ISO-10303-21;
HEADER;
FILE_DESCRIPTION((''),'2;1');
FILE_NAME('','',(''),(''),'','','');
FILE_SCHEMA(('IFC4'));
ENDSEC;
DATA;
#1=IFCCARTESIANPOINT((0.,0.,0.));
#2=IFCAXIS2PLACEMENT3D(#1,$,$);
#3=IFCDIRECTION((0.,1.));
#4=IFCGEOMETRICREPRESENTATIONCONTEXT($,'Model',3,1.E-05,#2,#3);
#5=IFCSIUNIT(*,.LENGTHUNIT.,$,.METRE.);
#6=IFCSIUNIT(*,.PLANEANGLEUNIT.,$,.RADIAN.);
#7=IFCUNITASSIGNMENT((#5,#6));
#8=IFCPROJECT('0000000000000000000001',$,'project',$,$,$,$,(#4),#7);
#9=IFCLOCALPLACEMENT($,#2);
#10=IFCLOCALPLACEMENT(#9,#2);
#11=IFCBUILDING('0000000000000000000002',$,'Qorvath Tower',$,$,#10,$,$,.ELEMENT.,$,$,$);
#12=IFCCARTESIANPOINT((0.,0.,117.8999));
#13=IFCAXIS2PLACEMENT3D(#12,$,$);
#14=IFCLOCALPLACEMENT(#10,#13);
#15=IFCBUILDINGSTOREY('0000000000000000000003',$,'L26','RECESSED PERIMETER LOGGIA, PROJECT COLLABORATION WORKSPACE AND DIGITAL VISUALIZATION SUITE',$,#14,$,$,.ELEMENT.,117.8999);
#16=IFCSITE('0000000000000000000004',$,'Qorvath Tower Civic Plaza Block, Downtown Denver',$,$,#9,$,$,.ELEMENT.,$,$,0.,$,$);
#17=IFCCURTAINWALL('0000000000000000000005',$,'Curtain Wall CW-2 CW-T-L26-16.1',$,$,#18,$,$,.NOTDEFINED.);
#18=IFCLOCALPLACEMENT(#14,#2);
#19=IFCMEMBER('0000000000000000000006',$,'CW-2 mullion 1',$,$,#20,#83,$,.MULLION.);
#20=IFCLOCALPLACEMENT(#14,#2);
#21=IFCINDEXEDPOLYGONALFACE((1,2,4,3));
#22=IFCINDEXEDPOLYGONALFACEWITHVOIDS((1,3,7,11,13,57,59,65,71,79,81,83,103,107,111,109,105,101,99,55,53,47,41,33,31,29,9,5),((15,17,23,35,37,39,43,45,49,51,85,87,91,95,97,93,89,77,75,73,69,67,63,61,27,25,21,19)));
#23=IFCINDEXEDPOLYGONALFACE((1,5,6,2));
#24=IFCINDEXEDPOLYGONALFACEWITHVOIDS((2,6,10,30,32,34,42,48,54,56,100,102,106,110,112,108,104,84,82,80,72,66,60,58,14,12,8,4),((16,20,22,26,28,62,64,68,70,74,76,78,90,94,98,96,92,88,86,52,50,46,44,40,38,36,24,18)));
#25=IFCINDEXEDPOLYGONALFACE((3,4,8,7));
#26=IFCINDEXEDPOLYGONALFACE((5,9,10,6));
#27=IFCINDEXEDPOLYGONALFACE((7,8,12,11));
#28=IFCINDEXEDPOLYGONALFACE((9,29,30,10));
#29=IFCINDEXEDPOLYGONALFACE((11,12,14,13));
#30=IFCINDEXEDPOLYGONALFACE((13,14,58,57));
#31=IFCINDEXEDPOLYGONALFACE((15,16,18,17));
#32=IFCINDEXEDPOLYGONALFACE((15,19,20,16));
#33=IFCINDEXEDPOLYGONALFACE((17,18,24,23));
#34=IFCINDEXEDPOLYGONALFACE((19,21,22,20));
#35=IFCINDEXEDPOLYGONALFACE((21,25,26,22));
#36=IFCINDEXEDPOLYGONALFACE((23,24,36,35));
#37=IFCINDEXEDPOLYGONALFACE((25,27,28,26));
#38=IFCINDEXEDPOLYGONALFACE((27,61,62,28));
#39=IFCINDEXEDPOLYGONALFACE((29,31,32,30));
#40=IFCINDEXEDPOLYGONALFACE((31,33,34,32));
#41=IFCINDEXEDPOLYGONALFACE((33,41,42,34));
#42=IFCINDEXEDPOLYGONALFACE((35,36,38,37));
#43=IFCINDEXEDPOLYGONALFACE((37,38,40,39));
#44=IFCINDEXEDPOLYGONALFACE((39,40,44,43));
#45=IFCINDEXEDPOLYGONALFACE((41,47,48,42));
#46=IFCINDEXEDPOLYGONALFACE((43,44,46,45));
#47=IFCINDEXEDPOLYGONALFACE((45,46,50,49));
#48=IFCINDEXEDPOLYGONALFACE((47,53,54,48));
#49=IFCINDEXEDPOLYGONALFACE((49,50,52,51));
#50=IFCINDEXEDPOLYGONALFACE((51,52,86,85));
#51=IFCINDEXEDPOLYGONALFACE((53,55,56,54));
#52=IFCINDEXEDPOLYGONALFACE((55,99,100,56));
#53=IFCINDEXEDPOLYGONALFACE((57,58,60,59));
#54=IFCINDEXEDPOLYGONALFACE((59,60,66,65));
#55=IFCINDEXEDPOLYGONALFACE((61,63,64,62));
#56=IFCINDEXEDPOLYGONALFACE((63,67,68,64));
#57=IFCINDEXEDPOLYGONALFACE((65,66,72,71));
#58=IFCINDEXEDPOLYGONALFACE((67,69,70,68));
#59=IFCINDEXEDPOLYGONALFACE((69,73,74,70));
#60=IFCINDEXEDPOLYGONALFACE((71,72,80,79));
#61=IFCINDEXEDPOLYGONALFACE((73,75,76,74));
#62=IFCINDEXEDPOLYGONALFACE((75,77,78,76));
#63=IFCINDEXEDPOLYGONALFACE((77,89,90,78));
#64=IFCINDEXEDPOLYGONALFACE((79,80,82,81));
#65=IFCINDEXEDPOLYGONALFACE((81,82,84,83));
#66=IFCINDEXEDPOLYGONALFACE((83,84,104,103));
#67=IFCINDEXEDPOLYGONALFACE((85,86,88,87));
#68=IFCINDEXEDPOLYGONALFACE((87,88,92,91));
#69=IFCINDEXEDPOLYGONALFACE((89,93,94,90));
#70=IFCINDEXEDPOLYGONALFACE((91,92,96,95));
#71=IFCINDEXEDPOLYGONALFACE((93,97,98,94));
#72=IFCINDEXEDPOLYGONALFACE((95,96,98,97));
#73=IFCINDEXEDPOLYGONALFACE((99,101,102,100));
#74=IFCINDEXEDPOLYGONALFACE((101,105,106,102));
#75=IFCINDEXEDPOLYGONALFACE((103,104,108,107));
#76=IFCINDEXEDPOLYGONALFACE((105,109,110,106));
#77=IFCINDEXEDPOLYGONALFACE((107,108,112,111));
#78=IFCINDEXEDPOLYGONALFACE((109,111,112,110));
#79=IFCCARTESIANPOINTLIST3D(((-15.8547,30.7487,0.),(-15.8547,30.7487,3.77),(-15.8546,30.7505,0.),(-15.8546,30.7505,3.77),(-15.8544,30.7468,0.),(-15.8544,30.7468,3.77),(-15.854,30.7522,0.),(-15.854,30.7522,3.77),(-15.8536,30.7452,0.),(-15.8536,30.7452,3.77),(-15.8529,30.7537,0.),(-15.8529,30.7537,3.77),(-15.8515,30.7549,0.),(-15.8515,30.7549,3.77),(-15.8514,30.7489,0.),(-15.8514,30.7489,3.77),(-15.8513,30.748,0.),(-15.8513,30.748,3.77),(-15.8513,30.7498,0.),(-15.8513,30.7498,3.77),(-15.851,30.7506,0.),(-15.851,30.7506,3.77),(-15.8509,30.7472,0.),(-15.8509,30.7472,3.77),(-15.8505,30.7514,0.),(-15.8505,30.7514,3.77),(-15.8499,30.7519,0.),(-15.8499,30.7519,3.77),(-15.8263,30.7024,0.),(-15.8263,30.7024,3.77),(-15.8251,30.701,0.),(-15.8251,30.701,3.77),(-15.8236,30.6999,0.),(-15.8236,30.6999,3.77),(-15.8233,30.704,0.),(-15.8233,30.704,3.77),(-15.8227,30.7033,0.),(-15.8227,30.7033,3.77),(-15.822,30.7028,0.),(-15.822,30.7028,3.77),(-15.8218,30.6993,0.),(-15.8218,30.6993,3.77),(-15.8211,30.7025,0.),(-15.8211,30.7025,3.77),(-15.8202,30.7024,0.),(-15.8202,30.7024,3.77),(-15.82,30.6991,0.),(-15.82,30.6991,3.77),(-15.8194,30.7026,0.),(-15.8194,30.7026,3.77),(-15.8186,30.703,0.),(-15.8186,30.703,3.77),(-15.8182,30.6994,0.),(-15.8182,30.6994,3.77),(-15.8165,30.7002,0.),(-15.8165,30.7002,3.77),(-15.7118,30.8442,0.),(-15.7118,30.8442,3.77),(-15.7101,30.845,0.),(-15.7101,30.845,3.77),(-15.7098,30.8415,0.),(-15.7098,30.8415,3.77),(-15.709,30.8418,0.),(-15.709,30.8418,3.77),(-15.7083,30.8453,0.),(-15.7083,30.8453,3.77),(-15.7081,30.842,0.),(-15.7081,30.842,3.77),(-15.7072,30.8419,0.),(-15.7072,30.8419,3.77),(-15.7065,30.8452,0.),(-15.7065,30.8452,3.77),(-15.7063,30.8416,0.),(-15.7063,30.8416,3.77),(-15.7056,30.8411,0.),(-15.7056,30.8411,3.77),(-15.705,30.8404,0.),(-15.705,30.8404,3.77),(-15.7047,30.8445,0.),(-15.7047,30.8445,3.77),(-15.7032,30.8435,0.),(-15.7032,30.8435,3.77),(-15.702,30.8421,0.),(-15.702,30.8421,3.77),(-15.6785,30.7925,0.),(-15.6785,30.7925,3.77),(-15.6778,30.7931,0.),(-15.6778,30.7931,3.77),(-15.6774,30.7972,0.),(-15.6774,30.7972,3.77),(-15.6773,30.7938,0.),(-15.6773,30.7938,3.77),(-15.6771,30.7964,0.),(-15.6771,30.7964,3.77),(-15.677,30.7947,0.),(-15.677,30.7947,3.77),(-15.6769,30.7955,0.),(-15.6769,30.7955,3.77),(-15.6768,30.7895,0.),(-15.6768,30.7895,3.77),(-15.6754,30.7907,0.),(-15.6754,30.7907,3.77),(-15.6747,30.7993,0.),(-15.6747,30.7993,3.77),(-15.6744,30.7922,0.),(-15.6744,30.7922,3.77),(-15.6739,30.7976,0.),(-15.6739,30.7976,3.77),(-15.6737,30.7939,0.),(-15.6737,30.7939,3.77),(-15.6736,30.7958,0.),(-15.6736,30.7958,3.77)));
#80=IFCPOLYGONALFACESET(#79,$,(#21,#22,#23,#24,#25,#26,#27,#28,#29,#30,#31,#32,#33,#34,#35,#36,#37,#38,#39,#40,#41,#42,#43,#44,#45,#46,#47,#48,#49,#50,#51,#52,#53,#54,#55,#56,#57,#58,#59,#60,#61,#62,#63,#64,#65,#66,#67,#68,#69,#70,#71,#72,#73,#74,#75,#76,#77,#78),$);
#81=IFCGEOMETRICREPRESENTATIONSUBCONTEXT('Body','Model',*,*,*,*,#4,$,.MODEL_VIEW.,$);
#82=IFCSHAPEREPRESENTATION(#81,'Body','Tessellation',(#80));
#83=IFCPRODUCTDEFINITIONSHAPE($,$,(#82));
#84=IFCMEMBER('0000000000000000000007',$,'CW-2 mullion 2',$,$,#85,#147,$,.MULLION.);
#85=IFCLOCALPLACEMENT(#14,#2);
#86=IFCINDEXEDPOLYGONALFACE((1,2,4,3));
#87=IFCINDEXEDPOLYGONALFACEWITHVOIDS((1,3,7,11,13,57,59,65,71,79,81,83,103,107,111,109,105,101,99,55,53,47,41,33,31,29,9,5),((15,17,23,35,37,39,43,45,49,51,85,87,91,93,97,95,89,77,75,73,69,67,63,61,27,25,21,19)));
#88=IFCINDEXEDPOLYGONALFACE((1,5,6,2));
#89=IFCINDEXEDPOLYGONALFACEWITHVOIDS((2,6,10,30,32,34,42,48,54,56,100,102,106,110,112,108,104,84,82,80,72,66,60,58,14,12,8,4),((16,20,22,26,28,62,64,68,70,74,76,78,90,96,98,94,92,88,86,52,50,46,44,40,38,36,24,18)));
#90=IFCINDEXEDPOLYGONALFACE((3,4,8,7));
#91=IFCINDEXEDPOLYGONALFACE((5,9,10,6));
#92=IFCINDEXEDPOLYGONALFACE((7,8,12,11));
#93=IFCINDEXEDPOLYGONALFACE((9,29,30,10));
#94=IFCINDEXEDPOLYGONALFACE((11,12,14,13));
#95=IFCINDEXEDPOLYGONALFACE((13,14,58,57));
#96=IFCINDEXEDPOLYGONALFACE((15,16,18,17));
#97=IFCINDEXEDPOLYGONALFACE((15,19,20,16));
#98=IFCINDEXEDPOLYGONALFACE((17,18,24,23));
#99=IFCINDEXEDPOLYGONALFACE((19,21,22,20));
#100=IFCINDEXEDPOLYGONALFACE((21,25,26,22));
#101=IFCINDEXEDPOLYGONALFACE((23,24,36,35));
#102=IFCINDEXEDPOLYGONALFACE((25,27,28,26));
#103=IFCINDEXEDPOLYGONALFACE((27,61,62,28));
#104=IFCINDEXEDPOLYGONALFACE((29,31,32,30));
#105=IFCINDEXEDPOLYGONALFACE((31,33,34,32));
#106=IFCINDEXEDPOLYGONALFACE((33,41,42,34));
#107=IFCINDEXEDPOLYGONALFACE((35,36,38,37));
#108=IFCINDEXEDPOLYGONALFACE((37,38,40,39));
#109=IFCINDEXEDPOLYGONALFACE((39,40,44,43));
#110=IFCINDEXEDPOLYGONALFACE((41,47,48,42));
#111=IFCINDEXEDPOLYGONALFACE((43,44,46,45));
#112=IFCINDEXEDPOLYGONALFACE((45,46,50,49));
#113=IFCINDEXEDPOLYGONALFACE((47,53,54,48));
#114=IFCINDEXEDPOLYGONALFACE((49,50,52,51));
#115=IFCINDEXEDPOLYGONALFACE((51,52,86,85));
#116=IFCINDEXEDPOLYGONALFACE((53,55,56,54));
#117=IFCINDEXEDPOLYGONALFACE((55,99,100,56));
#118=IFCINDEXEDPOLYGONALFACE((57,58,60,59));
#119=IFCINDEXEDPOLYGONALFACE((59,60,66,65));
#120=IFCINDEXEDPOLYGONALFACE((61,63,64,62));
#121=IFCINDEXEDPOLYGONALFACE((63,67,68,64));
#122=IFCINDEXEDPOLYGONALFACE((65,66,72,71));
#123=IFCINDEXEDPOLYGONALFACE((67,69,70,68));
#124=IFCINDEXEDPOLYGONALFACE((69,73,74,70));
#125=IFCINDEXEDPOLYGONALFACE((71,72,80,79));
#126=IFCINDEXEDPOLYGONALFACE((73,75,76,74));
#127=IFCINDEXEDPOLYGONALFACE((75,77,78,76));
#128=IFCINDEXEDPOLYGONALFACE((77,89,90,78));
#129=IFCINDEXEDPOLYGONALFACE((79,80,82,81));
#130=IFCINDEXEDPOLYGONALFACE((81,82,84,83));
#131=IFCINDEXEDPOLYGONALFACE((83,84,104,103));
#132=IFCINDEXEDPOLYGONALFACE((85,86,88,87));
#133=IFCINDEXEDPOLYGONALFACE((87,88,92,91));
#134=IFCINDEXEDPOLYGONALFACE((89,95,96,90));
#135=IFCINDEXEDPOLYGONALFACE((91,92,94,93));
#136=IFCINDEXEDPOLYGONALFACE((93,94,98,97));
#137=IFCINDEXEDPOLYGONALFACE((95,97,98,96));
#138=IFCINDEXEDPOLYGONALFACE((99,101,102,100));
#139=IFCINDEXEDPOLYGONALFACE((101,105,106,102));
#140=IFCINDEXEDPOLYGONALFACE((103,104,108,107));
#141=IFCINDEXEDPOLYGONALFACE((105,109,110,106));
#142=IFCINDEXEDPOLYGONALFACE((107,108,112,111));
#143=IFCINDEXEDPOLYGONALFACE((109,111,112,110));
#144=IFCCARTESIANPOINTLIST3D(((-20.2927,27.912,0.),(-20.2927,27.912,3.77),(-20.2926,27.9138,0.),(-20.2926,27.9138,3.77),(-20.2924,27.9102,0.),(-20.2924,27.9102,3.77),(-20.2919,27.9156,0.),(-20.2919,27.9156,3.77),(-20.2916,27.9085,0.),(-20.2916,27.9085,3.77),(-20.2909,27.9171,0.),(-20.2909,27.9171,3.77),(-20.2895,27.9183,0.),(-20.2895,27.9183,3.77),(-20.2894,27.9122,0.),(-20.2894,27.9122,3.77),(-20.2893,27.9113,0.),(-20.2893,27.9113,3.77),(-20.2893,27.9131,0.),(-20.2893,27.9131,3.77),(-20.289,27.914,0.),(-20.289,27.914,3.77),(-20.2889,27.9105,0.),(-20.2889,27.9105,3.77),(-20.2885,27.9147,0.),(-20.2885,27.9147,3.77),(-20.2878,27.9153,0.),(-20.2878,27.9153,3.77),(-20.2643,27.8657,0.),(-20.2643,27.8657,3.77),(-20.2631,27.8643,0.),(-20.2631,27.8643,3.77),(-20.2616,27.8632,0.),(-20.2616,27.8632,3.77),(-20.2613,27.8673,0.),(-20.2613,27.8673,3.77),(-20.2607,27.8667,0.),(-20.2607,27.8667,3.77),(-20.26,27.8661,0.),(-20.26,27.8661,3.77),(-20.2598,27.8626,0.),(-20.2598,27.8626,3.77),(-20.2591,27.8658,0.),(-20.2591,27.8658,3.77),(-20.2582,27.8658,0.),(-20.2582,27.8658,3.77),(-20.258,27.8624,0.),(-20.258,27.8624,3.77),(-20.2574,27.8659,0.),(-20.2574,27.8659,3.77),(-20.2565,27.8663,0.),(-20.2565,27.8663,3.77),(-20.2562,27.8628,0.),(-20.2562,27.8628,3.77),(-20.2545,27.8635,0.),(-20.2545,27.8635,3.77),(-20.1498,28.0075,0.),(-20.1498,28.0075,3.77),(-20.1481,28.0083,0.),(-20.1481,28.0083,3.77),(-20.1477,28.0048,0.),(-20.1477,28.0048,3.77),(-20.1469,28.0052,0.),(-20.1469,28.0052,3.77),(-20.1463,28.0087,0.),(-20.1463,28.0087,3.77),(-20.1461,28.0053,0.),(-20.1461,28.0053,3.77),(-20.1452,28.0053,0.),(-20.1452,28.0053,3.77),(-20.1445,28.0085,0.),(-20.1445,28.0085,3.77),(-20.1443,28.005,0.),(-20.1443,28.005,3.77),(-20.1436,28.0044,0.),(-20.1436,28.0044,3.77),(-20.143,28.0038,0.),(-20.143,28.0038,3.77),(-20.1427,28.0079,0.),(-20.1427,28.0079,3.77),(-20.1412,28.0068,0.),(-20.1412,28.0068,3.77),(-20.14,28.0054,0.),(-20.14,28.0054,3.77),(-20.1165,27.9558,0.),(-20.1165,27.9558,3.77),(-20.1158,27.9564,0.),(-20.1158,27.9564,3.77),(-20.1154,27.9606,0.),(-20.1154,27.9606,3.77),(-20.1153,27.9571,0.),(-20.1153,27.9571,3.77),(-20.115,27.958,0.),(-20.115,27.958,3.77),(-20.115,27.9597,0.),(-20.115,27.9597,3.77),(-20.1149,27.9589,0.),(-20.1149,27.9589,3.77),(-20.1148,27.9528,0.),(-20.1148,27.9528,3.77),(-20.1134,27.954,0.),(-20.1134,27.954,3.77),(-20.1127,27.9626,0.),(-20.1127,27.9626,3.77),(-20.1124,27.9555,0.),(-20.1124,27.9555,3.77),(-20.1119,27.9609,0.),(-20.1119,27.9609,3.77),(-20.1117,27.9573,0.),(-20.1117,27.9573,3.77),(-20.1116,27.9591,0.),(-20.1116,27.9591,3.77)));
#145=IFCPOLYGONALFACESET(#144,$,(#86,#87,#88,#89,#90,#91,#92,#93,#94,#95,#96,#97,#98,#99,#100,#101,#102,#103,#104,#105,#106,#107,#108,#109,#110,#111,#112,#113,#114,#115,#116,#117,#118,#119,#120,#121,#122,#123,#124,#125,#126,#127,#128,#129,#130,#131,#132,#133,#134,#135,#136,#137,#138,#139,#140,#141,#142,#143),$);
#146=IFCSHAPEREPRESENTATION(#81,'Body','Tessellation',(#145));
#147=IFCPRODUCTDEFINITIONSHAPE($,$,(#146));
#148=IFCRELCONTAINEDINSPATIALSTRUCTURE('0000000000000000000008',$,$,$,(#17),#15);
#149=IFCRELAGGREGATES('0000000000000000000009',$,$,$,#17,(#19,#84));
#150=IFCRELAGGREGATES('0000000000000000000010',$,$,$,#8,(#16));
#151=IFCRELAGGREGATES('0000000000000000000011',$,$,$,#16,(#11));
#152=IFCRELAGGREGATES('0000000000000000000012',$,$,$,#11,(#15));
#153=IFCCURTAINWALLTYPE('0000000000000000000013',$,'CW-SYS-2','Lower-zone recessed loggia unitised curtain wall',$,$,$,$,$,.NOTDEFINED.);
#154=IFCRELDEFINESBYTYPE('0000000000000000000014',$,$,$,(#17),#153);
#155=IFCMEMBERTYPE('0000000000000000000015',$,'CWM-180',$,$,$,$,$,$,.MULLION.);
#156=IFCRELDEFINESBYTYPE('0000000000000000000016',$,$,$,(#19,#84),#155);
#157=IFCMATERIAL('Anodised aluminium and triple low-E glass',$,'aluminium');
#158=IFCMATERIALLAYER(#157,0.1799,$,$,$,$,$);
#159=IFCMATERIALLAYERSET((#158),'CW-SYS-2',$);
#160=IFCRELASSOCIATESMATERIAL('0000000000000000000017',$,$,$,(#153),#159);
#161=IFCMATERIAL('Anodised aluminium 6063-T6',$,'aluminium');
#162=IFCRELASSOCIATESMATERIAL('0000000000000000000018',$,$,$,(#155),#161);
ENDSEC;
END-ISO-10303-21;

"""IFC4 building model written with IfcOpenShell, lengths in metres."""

from ifc_helpers import new_model, si_unit, direction, frame, origin, origin_2d, place, context, subcontext, project, spatial, hollow_rectangle, extrude, material, layer, layer_set, material_profile, profile_set, type_object, element, aggregate, save


model = new_model("IFC4")

# Units and contexts
model_context = context("Model", 3, precision=1e-05, world=origin(), true_north=direction((0.0, 1.0)))
body_context = subcontext(model_context, "Body", "Model", "MODEL_VIEW")
ifc_project = project(units=[si_unit("LENGTHUNIT", "METRE"), si_unit("PLANEANGLEUNIT", "RADIAN")], contexts=[model_context])

# Site, building, storey
site_placement = place(None, origin())
site = spatial("IfcSite", under=ifc_project, at=site_placement, Name="Qorvath Tower Civic Plaza Block, Downtown Denver", CompositionType="ELEMENT", RefElevation=0.0)
building_placement = place(site_placement, origin())
building = spatial("IfcBuilding", under=site, at=building_placement, Name="Qorvath Tower", CompositionType="ELEMENT")
storey_placement = place(building_placement, frame((0.0, 0.0, 117.8999)))
storey = spatial("IfcBuildingStorey", under=building, at=storey_placement, Name="L26", Description="RECESSED PERIMETER LOGGIA, PROJECT COLLABORATION WORKSPACE AND DIGITAL VISUALIZATION SUITE", CompositionType="ELEMENT", Elevation=117.8999)

# Curtain wall, members
ifc_material_1 = material(Name="Anodised aluminium and triple low-E glass", Category="aluminium")
ifc_layer_1 = layer(ifc_material_1, 0.1799)
ifc_layer_set_1 = layer_set([ifc_layer_1], Name="CW-SYS-2")
curtain_wall_type = type_object("IfcCurtainWallType", Name="CW-SYS-2", Description="Lower-zone recessed loggia unitised curtain wall", PredefinedType="NOTDEFINED", material=ifc_layer_set_1)
ifc_material_2 = material(Name="Anodised aluminium 6063-T6", Category="aluminium")
ifc_material_profile_1 = material_profile(ifc_material_2, hollow_rectangle(XDim=0.0649, YDim=0.1799, WallThickness=0.0034, InnerFilletRadius=0.0034, OuterFilletRadius=0.0071, at=origin_2d()), Name="CWM 180x65")
ifc_profile_set_1 = profile_set([ifc_material_profile_1], Name="Anodised aluminium 6063-T6")
member_type_1 = type_object("IfcMemberType", Name="CWM-180", PredefinedType="MULLION", material=ifc_profile_set_1)
curtain_wall_1_placement = place(storey_placement, origin())
curtain_wall_1 = element("IfcCurtainWall", 1, at=curtain_wall_1_placement, inside=storey, type_object=curtain_wall_type, Name="Curtain Wall CW-2 CW-T-L26-16.1", PredefinedType="NOTDEFINED")
member_1_placement = place(storey_placement, frame((-15.7642, 30.7722, 0.0), z_axis=(0.0, 0.0, 1.0), x_axis=(0.538548, -0.842595, 0.0)))
member_1 = element("IfcMember", 2, at=member_1_placement, type_object=member_type_1, Name="CW-2 mullion 1", PredefinedType="MULLION", context=body_context, shape_type="SweptSolid", body=[
    extrude(hollow_rectangle(XDim=0.0649, YDim=0.1799, WallThickness=0.0034, InnerFilletRadius=0.0034, OuterFilletRadius=0.0071, at=origin_2d()), origin(), (0.0, 0.0, 1.0), 3.77),
])
member_2_placement = place(storey_placement, frame((-20.2021, 27.9355, 0.0), z_axis=(0.0, 0.0, 1.0), x_axis=(0.538548, -0.842595, 0.0)))
member_2 = element("IfcMember", 3, at=member_2_placement, type_object=member_type_1, Name="CW-2 mullion 2", PredefinedType="MULLION", context=body_context, shape_type="SweptSolid", body=[
    extrude(hollow_rectangle(XDim=0.0649, YDim=0.1799, WallThickness=0.0034, InnerFilletRadius=0.0034, OuterFilletRadius=0.0071, at=origin_2d()), origin(), (0.0, 0.0, 1.0), 3.77),
])

aggregate(curtain_wall_1, [member_1, member_2])

save(model, "model.ifc")
